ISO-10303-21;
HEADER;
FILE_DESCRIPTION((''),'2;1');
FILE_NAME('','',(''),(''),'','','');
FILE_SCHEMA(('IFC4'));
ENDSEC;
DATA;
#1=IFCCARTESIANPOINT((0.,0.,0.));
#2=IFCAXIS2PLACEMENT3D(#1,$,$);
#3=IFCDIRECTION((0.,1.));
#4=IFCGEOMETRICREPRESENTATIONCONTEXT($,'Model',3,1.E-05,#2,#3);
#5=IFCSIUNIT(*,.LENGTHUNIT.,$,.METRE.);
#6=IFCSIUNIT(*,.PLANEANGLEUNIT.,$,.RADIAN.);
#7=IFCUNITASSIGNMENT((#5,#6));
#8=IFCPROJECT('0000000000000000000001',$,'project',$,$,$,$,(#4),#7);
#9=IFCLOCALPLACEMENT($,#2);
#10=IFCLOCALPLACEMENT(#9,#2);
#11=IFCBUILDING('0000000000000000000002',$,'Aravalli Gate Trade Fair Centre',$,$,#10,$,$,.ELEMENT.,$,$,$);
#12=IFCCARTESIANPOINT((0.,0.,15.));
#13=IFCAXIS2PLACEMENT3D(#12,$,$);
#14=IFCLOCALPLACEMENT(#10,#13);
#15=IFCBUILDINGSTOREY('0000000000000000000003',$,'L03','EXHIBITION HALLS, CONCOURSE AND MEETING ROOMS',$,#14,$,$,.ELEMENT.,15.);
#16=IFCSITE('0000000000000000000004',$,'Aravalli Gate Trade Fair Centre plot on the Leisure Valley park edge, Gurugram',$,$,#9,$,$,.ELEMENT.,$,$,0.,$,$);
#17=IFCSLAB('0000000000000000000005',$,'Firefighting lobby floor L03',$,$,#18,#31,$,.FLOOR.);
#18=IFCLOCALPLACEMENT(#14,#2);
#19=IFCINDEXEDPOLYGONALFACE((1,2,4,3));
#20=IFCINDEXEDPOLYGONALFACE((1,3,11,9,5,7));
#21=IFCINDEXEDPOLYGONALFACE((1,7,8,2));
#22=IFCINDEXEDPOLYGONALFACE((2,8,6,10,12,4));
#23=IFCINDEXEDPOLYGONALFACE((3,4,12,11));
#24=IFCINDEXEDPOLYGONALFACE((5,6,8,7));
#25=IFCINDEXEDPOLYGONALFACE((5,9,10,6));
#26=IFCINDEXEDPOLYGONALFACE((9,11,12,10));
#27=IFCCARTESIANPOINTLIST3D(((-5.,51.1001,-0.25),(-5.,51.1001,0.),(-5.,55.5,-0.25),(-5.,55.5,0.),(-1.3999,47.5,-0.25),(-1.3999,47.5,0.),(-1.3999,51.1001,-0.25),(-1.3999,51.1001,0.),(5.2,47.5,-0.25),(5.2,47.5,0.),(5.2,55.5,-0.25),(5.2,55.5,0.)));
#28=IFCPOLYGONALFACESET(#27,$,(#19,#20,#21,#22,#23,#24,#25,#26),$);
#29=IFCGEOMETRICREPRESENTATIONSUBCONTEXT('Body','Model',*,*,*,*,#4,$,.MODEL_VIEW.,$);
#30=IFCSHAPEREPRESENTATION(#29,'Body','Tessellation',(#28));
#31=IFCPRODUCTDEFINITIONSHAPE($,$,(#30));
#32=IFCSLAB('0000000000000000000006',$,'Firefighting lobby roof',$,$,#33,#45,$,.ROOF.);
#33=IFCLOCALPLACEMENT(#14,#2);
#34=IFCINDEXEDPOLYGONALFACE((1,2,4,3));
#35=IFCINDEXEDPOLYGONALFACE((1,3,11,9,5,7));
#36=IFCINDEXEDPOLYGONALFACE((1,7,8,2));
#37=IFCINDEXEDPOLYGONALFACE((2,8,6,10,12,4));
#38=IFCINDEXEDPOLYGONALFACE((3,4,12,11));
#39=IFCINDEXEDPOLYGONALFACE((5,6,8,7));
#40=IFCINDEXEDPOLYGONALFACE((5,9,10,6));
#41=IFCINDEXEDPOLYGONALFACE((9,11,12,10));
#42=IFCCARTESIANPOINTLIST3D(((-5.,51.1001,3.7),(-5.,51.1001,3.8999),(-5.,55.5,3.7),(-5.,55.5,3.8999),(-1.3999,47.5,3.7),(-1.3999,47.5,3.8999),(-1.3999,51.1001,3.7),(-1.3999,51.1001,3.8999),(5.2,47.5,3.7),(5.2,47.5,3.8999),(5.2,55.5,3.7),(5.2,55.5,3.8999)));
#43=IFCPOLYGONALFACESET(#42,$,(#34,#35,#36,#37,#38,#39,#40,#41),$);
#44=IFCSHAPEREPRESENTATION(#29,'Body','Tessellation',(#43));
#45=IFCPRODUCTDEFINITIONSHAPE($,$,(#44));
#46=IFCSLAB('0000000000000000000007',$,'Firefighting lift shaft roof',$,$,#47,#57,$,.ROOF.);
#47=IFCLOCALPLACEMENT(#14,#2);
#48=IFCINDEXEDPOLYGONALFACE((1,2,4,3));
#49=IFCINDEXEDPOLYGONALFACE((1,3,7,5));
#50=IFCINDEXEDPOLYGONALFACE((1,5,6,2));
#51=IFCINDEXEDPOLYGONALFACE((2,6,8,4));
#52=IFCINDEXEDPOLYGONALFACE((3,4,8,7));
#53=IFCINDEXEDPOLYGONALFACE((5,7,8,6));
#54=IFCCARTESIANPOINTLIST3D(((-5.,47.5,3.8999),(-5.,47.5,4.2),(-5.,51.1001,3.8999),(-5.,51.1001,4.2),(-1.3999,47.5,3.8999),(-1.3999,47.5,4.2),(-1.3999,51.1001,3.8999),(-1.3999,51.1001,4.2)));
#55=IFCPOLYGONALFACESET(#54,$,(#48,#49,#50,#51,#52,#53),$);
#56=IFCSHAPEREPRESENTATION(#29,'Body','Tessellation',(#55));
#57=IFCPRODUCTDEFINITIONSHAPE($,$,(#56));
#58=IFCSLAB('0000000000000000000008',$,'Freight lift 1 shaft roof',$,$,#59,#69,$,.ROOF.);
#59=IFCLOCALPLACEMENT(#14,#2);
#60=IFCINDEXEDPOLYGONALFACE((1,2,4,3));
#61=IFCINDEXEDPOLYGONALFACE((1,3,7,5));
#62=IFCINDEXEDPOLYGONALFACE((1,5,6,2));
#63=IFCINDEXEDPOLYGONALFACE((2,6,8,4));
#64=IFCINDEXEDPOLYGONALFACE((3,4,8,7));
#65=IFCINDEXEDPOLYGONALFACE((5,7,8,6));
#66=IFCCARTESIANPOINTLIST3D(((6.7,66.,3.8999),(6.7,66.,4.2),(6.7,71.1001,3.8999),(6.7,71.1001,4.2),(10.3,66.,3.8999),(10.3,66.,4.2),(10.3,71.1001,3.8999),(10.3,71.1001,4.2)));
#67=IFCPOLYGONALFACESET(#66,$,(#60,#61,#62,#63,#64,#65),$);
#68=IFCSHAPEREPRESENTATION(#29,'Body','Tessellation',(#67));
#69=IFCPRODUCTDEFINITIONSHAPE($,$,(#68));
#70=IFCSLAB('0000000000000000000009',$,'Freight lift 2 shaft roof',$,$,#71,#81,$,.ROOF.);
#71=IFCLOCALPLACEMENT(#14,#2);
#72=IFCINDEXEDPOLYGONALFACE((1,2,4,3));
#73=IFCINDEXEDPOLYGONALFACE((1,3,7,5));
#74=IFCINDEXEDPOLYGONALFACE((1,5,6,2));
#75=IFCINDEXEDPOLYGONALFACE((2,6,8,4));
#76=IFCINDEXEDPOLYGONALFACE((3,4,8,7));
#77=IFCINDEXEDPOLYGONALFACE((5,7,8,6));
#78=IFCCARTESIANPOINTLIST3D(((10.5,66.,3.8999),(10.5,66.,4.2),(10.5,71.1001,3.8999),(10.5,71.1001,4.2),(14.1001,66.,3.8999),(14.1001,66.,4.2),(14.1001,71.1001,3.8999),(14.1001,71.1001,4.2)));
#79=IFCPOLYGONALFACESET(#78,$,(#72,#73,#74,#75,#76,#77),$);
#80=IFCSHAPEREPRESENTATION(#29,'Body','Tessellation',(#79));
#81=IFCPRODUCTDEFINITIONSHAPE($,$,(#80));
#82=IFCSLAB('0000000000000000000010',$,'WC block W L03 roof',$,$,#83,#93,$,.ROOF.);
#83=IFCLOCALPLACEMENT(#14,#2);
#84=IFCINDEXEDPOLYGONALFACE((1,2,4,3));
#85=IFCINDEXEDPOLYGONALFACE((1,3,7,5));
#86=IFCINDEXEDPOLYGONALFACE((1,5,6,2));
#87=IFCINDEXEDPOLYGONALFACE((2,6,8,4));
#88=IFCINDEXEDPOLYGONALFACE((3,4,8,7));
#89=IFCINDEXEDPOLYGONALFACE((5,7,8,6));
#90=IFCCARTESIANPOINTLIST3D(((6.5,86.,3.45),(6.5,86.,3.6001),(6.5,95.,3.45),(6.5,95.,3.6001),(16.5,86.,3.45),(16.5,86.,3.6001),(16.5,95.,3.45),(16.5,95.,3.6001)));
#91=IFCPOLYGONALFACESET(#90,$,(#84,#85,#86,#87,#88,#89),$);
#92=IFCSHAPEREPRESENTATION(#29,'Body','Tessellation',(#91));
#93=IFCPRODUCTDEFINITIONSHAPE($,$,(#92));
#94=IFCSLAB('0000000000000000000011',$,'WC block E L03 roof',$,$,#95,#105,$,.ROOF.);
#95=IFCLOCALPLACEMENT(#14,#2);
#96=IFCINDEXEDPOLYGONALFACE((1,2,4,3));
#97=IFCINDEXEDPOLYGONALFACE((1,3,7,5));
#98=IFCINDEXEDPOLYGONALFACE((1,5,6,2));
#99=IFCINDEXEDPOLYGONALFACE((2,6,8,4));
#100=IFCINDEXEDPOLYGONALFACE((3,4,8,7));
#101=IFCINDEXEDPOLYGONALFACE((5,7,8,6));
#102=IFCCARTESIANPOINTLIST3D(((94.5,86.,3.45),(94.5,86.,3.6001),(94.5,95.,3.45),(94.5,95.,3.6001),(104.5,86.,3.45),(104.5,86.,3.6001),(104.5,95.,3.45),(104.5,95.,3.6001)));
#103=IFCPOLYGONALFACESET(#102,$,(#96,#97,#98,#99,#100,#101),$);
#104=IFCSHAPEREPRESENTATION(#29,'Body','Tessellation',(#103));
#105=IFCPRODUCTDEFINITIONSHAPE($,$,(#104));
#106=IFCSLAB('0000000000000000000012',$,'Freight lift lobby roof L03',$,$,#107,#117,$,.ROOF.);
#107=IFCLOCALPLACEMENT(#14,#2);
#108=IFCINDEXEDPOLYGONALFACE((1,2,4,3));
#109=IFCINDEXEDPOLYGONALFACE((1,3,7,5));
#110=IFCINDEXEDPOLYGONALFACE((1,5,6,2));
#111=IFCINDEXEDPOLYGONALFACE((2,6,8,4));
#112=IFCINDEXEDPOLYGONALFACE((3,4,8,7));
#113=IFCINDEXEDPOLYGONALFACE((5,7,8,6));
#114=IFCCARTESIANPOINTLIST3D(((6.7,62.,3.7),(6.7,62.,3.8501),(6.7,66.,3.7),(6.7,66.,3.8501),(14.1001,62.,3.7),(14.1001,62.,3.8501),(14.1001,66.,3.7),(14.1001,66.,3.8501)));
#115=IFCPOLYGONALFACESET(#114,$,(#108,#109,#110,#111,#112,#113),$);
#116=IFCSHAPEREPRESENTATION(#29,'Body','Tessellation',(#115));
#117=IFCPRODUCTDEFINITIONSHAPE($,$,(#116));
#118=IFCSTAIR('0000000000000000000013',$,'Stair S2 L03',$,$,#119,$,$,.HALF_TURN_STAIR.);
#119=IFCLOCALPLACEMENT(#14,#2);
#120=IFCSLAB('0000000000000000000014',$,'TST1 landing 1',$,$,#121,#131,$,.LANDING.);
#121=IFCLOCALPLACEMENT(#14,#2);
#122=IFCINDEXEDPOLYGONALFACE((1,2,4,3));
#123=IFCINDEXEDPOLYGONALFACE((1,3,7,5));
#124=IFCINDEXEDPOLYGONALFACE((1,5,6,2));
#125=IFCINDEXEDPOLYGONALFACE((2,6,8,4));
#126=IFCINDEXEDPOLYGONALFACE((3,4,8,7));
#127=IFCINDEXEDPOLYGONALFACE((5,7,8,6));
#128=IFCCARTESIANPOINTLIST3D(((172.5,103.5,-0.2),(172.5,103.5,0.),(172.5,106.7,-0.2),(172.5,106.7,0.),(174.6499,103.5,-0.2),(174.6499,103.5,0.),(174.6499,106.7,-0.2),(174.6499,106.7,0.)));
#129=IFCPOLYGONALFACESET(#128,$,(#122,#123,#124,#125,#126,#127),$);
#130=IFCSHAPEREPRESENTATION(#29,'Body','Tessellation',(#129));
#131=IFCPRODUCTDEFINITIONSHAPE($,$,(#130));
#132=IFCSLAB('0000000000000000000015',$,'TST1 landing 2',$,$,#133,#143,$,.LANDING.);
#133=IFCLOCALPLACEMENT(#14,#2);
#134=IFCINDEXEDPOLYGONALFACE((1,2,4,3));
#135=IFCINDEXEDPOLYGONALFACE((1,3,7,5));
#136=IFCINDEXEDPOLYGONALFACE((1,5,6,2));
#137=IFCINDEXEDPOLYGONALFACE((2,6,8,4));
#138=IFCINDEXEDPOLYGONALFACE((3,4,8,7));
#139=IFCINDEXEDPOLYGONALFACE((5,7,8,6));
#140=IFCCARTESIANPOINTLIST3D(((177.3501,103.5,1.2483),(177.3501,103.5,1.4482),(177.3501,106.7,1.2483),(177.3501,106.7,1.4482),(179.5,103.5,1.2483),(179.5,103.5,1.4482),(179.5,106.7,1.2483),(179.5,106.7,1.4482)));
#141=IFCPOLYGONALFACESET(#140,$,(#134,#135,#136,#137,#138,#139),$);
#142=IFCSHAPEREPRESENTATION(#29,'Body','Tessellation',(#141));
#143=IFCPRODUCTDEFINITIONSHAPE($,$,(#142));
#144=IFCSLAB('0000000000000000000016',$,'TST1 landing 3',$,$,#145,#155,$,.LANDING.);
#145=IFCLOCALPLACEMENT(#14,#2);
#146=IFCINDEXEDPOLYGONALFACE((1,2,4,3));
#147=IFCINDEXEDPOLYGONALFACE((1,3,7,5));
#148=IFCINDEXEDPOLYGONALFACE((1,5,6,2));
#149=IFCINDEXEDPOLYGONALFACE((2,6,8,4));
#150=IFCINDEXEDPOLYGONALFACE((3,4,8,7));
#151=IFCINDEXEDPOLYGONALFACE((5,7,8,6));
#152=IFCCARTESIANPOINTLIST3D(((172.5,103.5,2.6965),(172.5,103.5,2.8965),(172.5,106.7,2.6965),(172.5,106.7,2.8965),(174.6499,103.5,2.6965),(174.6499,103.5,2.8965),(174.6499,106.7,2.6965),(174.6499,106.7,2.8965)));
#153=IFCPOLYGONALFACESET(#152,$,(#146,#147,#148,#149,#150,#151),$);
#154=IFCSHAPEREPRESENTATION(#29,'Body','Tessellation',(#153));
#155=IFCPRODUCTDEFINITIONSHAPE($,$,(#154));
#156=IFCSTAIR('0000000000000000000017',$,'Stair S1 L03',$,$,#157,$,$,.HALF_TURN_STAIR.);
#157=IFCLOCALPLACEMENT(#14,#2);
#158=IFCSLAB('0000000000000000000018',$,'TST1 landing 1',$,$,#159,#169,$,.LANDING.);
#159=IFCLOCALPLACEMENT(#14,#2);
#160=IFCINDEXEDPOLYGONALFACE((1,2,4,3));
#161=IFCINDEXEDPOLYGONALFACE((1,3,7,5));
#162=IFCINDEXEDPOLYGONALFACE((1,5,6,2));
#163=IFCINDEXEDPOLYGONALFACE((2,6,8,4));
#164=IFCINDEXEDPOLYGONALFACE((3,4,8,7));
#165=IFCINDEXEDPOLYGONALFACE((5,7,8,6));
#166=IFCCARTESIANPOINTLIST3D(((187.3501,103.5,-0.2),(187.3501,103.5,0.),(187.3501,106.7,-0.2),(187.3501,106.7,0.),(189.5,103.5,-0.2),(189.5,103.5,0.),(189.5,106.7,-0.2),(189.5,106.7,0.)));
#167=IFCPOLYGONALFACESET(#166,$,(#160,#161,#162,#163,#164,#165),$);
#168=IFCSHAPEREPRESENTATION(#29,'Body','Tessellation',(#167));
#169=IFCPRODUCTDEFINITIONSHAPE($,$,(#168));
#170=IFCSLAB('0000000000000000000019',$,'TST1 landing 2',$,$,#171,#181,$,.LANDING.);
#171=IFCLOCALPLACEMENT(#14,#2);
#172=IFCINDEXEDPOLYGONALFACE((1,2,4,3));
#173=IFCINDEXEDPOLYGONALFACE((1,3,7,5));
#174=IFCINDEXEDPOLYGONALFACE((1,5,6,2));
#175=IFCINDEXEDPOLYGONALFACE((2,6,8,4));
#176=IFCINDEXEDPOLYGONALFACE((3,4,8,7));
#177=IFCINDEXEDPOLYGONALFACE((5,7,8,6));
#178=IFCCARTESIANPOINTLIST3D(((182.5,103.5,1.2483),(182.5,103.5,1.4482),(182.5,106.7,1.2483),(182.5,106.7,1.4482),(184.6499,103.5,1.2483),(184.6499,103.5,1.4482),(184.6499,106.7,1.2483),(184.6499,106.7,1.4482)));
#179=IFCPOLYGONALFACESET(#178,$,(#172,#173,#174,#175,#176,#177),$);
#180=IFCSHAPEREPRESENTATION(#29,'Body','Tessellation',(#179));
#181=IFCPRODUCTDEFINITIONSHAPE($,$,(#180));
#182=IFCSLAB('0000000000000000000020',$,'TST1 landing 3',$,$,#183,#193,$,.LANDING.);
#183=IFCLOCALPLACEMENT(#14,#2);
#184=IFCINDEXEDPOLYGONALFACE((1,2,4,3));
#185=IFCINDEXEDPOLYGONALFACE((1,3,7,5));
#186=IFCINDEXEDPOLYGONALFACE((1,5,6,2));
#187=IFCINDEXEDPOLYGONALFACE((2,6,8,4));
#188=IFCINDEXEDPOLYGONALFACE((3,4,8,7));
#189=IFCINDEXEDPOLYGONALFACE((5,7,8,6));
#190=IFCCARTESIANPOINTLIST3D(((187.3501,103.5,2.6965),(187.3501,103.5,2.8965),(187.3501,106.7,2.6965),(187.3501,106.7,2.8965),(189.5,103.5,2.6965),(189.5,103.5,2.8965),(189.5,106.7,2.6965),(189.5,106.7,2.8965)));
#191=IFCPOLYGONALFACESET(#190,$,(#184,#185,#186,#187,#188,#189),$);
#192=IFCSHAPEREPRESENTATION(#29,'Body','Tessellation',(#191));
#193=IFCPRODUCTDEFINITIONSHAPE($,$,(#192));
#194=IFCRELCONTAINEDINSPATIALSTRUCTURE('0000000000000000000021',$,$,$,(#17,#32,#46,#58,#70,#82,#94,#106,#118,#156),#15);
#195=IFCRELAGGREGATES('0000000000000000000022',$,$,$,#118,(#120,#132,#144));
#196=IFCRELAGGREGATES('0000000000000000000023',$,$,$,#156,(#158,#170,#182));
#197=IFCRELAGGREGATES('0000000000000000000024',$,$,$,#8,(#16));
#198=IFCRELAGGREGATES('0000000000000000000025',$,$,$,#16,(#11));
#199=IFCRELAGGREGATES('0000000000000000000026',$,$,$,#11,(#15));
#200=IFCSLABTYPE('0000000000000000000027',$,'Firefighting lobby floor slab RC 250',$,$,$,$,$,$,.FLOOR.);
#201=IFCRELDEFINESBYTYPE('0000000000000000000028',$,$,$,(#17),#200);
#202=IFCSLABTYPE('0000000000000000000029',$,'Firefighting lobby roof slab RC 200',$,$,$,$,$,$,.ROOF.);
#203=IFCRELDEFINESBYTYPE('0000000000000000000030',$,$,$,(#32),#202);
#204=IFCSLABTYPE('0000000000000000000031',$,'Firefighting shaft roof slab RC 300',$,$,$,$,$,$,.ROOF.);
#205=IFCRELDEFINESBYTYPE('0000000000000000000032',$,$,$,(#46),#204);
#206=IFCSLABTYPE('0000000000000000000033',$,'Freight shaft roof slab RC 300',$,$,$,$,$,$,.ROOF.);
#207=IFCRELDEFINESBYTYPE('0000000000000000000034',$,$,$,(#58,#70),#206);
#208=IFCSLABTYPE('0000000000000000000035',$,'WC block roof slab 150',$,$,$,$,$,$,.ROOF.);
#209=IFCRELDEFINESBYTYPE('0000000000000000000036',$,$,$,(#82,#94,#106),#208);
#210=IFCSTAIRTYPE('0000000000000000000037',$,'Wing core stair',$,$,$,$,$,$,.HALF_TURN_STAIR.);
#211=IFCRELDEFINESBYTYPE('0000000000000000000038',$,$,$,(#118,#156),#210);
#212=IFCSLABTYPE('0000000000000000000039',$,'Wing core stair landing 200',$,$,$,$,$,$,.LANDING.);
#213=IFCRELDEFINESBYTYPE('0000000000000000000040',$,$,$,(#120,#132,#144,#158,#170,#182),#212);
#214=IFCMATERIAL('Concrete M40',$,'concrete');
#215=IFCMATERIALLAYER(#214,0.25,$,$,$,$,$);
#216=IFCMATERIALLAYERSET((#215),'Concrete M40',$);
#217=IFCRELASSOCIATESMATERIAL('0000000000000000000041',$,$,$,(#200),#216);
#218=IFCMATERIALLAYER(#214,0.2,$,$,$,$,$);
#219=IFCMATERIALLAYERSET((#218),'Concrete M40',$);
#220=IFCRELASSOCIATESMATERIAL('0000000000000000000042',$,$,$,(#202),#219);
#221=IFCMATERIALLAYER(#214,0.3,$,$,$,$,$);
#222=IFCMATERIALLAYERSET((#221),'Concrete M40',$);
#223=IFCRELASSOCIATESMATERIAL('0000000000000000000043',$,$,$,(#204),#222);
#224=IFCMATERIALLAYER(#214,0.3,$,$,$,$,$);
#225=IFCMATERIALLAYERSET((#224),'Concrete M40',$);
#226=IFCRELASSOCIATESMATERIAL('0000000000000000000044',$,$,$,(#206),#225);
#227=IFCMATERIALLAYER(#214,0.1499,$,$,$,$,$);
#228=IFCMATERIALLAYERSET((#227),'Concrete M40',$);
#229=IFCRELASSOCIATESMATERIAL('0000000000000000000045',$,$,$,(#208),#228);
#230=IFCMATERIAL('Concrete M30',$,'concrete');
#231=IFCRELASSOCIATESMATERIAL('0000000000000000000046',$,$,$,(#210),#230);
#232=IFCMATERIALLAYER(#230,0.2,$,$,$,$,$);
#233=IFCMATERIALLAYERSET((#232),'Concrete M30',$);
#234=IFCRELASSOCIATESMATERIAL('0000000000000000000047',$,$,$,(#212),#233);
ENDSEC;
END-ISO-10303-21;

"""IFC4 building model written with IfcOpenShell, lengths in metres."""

from ifc_helpers import new_model, si_unit, direction, frame, origin, place, context, subcontext, project, spatial, polyline, outline, extrude, material, layer, layer_set, type_object, element, aggregate, save


model = new_model("IFC4")

# Units and contexts
model_context = context("Model", 3, precision=1e-05, world=origin(), true_north=direction((0.0, 1.0)))
body_context = subcontext(model_context, "Body", "Model", "MODEL_VIEW")
ifc_project = project(units=[si_unit("LENGTHUNIT", "METRE"), si_unit("PLANEANGLEUNIT", "RADIAN")], contexts=[model_context])

# Site, building, storey
site_placement = place(None, origin())
site = spatial("IfcSite", under=ifc_project, at=site_placement, Name="Aravalli Gate Trade Fair Centre plot on the Leisure Valley park edge, Gurugram", CompositionType="ELEMENT", RefElevation=0.0)
building_placement = place(site_placement, origin())
building = spatial("IfcBuilding", under=site, at=building_placement, Name="Aravalli Gate Trade Fair Centre", CompositionType="ELEMENT")
storey_placement = place(building_placement, frame((0.0, 0.0, 15.0)))
storey = spatial("IfcBuildingStorey", under=building, at=storey_placement, Name="L03", Description="EXHIBITION HALLS, CONCOURSE AND MEETING ROOMS", CompositionType="ELEMENT", Elevation=15.0)

# Slabs
ifc_material_1 = material(Name="Concrete M40", Category="concrete")
ifc_layer_1 = layer(ifc_material_1, 0.25)
ifc_layer_set_1 = layer_set([ifc_layer_1], Name="Concrete M40")
slab_type_1 = type_object("IfcSlabType", Name="Firefighting lobby floor slab RC 250", PredefinedType="FLOOR", material=ifc_layer_set_1)
slab_1_placement = place(storey_placement, frame((0.0, 0.0, -0.25)))
element("IfcSlab", 1, at=slab_1_placement, inside=storey, type_object=slab_type_1, Name="Firefighting lobby floor L03", PredefinedType="FLOOR", context=body_context, shape_type="SweptSolid", body=[
    extrude(outline(polyline([(-5.0, 55.5), (5.2, 55.5), (5.2, 47.5), (-1.3999, 47.5), (-1.3999, 51.1001), (-5.0, 51.1001), (-5.0, 55.5)])), origin(), (0.0, 0.0, 1.0), 0.25),
])
ifc_layer_2 = layer(ifc_material_1, 0.2)
ifc_layer_set_2 = layer_set([ifc_layer_2], Name="Concrete M40")
slab_type_2 = type_object("IfcSlabType", Name="Firefighting lobby roof slab RC 200", PredefinedType="ROOF", material=ifc_layer_set_2)
slab_2_placement = place(storey_placement, frame((0.0, 0.0, 3.7)))
element("IfcSlab", 2, at=slab_2_placement, inside=storey, type_object=slab_type_2, Name="Firefighting lobby roof", PredefinedType="ROOF", context=body_context, shape_type="SweptSolid", body=[
    extrude(outline(polyline([(-5.0, 55.5), (5.2, 55.5), (5.2, 47.5), (-1.3999, 47.5), (-1.3999, 51.1001), (-5.0, 51.1001), (-5.0, 55.5)])), origin(), (0.0, 0.0, 1.0), 0.2),
])
ifc_layer_3 = layer(ifc_material_1, 0.3)
ifc_layer_set_3 = layer_set([ifc_layer_3], Name="Concrete M40")
slab_type_3 = type_object("IfcSlabType", Name="Firefighting shaft roof slab RC 300", PredefinedType="ROOF", material=ifc_layer_set_3)
slab_3_placement = place(storey_placement, frame((0.0, 0.0, 3.8999)))
element("IfcSlab", 3, at=slab_3_placement, inside=storey, type_object=slab_type_3, Name="Firefighting lift shaft roof", PredefinedType="ROOF", context=body_context, shape_type="SweptSolid", body=[
    extrude(outline(polyline([(-5.0, 47.5), (-1.3999, 47.5), (-1.3999, 51.1001), (-5.0, 51.1001), (-5.0, 47.5)])), origin(), (0.0, 0.0, 1.0), 0.3),
])
ifc_layer_4 = layer(ifc_material_1, 0.3)
ifc_layer_set_4 = layer_set([ifc_layer_4], Name="Concrete M40")
slab_type_4 = type_object("IfcSlabType", Name="Freight shaft roof slab RC 300", PredefinedType="ROOF", material=ifc_layer_set_4)
slab_4_placement = place(storey_placement, frame((0.0, 0.0, 3.8999)))
element("IfcSlab", 4, at=slab_4_placement, inside=storey, type_object=slab_type_4, Name="Freight lift 1 shaft roof", PredefinedType="ROOF", context=body_context, shape_type="SweptSolid", body=[
    extrude(outline(polyline([(6.7, 66.0), (10.3, 66.0), (10.3, 71.1001), (6.7, 71.1001), (6.7, 66.0)])), origin(), (0.0, 0.0, 1.0), 0.3),
])
slab_5_placement = place(storey_placement, frame((0.0, 0.0, 3.8999)))
element("IfcSlab", 5, at=slab_5_placement, inside=storey, type_object=slab_type_4, Name="Freight lift 2 shaft roof", PredefinedType="ROOF", context=body_context, shape_type="SweptSolid", body=[
    extrude(outline(polyline([(10.5, 66.0), (14.1001, 66.0), (14.1001, 71.1001), (10.5, 71.1001), (10.5, 66.0)])), origin(), (0.0, 0.0, 1.0), 0.3),
])
ifc_layer_5 = layer(ifc_material_1, 0.1499)
ifc_layer_set_5 = layer_set([ifc_layer_5], Name="Concrete M40")
slab_type_5 = type_object("IfcSlabType", Name="WC block roof slab 150", PredefinedType="ROOF", material=ifc_layer_set_5)
slab_6_placement = place(storey_placement, frame((0.0, 0.0, 3.45)))
element("IfcSlab", 6, at=slab_6_placement, inside=storey, type_object=slab_type_5, Name="WC block W L03 roof", PredefinedType="ROOF", context=body_context, shape_type="SweptSolid", body=[
    extrude(outline(polyline([(6.5, 86.0), (16.5, 86.0), (16.5, 95.0), (6.5, 95.0), (6.5, 86.0)])), origin(), (0.0, 0.0, 1.0), 0.1501),
])
slab_7_placement = place(storey_placement, frame((0.0, 0.0, 3.45)))
element("IfcSlab", 7, at=slab_7_placement, inside=storey, type_object=slab_type_5, Name="WC block E L03 roof", PredefinedType="ROOF", context=body_context, shape_type="SweptSolid", body=[
    extrude(outline(polyline([(94.5, 86.0), (104.5, 86.0), (104.5, 95.0), (94.5, 95.0), (94.5, 86.0)])), origin(), (0.0, 0.0, 1.0), 0.1501),
])
slab_8_placement = place(storey_placement, frame((0.0, 0.0, 3.7)))
element("IfcSlab", 8, at=slab_8_placement, inside=storey, type_object=slab_type_5, Name="Freight lift lobby roof L03", PredefinedType="ROOF", context=body_context, shape_type="SweptSolid", body=[
    extrude(outline(polyline([(6.7, 62.0), (14.1001, 62.0), (14.1001, 66.0), (6.7, 66.0), (6.7, 62.0)])), origin(), (0.0, 0.0, 1.0), 0.1501),
])

# Stairs, slabs
ifc_material_2 = material(Name="Concrete M30", Category="concrete")
stair_type = type_object("IfcStairType", Name="Wing core stair", PredefinedType="HALF_TURN_STAIR", material=ifc_material_2)
stair_1_placement = place(storey_placement, origin())
stair_1 = element("IfcStair", 9, at=stair_1_placement, inside=storey, type_object=stair_type, Name="Stair S2 L03", PredefinedType="HALF_TURN_STAIR")
ifc_layer_6 = layer(ifc_material_2, 0.2)
ifc_layer_set_6 = layer_set([ifc_layer_6], Name="Concrete M30")
slab_type_6 = type_object("IfcSlabType", Name="Wing core stair landing 200", PredefinedType="LANDING", material=ifc_layer_set_6)
slab_9_placement = place(storey_placement, frame((0.0, 0.0, -0.2)))
slab_9 = element("IfcSlab", 10, at=slab_9_placement, type_object=slab_type_6, Name="TST1 landing 1", PredefinedType="LANDING", context=body_context, shape_type="SweptSolid", body=[
    extrude(outline(polyline([(172.5, 103.5), (174.6499, 103.5), (174.6499, 106.7), (172.5, 106.7), (172.5, 103.5)])), origin(), (0.0, 0.0, 1.0), 0.2),
])
slab_10_placement = place(storey_placement, frame((0.0, 0.0, 1.2483)))
slab_10 = element("IfcSlab", 11, at=slab_10_placement, type_object=slab_type_6, Name="TST1 landing 2", PredefinedType="LANDING", context=body_context, shape_type="SweptSolid", body=[
    extrude(outline(polyline([(177.3501, 103.5), (179.5, 103.5), (179.5, 106.7), (177.3501, 106.7), (177.3501, 103.5)])), origin(), (0.0, 0.0, 1.0), 0.2),
])
slab_11_placement = place(storey_placement, frame((0.0, 0.0, 2.6965)))
slab_11 = element("IfcSlab", 12, at=slab_11_placement, type_object=slab_type_6, Name="TST1 landing 3", PredefinedType="LANDING", context=body_context, shape_type="SweptSolid", body=[
    extrude(outline(polyline([(172.5, 103.5), (174.6499, 103.5), (174.6499, 106.7), (172.5, 106.7), (172.5, 103.5)])), origin(), (0.0, 0.0, 1.0), 0.2),
])
aggregate(stair_1, [slab_9, slab_10, slab_11])
stair_2_placement = place(storey_placement, origin())
stair_2 = element("IfcStair", 13, at=stair_2_placement, inside=storey, type_object=stair_type, Name="Stair S1 L03", PredefinedType="HALF_TURN_STAIR")
slab_12_placement = place(storey_placement, frame((0.0, 0.0, -0.2)))
slab_12 = element("IfcSlab", 14, at=slab_12_placement, type_object=slab_type_6, Name="TST1 landing 1", PredefinedType="LANDING", context=body_context, shape_type="SweptSolid", body=[
    extrude(outline(polyline([(187.3501, 103.5), (189.5, 103.5), (189.5, 106.7), (187.3501, 106.7), (187.3501, 103.5)])), origin(), (0.0, 0.0, 1.0), 0.2),
])
slab_13_placement = place(storey_placement, frame((0.0, 0.0, 1.2483)))
slab_13 = element("IfcSlab", 15, at=slab_13_placement, type_object=slab_type_6, Name="TST1 landing 2", PredefinedType="LANDING", context=body_context, shape_type="SweptSolid", body=[
    extrude(outline(polyline([(182.5, 103.5), (184.6499, 103.5), (184.6499, 106.7), (182.5, 106.7), (182.5, 103.5)])), origin(), (0.0, 0.0, 1.0), 0.2),
])
slab_14_placement = place(storey_placement, frame((0.0, 0.0, 2.6965)))
slab_14 = element("IfcSlab", 16, at=slab_14_placement, type_object=slab_type_6, Name="TST1 landing 3", PredefinedType="LANDING", context=body_context, shape_type="SweptSolid", body=[
    extrude(outline(polyline([(187.3501, 103.5), (189.5, 103.5), (189.5, 106.7), (187.3501, 106.7), (187.3501, 103.5)])), origin(), (0.0, 0.0, 1.0), 0.2),
])
aggregate(stair_2, [slab_12, slab_13, slab_14])

save(model, "model.ifc")
